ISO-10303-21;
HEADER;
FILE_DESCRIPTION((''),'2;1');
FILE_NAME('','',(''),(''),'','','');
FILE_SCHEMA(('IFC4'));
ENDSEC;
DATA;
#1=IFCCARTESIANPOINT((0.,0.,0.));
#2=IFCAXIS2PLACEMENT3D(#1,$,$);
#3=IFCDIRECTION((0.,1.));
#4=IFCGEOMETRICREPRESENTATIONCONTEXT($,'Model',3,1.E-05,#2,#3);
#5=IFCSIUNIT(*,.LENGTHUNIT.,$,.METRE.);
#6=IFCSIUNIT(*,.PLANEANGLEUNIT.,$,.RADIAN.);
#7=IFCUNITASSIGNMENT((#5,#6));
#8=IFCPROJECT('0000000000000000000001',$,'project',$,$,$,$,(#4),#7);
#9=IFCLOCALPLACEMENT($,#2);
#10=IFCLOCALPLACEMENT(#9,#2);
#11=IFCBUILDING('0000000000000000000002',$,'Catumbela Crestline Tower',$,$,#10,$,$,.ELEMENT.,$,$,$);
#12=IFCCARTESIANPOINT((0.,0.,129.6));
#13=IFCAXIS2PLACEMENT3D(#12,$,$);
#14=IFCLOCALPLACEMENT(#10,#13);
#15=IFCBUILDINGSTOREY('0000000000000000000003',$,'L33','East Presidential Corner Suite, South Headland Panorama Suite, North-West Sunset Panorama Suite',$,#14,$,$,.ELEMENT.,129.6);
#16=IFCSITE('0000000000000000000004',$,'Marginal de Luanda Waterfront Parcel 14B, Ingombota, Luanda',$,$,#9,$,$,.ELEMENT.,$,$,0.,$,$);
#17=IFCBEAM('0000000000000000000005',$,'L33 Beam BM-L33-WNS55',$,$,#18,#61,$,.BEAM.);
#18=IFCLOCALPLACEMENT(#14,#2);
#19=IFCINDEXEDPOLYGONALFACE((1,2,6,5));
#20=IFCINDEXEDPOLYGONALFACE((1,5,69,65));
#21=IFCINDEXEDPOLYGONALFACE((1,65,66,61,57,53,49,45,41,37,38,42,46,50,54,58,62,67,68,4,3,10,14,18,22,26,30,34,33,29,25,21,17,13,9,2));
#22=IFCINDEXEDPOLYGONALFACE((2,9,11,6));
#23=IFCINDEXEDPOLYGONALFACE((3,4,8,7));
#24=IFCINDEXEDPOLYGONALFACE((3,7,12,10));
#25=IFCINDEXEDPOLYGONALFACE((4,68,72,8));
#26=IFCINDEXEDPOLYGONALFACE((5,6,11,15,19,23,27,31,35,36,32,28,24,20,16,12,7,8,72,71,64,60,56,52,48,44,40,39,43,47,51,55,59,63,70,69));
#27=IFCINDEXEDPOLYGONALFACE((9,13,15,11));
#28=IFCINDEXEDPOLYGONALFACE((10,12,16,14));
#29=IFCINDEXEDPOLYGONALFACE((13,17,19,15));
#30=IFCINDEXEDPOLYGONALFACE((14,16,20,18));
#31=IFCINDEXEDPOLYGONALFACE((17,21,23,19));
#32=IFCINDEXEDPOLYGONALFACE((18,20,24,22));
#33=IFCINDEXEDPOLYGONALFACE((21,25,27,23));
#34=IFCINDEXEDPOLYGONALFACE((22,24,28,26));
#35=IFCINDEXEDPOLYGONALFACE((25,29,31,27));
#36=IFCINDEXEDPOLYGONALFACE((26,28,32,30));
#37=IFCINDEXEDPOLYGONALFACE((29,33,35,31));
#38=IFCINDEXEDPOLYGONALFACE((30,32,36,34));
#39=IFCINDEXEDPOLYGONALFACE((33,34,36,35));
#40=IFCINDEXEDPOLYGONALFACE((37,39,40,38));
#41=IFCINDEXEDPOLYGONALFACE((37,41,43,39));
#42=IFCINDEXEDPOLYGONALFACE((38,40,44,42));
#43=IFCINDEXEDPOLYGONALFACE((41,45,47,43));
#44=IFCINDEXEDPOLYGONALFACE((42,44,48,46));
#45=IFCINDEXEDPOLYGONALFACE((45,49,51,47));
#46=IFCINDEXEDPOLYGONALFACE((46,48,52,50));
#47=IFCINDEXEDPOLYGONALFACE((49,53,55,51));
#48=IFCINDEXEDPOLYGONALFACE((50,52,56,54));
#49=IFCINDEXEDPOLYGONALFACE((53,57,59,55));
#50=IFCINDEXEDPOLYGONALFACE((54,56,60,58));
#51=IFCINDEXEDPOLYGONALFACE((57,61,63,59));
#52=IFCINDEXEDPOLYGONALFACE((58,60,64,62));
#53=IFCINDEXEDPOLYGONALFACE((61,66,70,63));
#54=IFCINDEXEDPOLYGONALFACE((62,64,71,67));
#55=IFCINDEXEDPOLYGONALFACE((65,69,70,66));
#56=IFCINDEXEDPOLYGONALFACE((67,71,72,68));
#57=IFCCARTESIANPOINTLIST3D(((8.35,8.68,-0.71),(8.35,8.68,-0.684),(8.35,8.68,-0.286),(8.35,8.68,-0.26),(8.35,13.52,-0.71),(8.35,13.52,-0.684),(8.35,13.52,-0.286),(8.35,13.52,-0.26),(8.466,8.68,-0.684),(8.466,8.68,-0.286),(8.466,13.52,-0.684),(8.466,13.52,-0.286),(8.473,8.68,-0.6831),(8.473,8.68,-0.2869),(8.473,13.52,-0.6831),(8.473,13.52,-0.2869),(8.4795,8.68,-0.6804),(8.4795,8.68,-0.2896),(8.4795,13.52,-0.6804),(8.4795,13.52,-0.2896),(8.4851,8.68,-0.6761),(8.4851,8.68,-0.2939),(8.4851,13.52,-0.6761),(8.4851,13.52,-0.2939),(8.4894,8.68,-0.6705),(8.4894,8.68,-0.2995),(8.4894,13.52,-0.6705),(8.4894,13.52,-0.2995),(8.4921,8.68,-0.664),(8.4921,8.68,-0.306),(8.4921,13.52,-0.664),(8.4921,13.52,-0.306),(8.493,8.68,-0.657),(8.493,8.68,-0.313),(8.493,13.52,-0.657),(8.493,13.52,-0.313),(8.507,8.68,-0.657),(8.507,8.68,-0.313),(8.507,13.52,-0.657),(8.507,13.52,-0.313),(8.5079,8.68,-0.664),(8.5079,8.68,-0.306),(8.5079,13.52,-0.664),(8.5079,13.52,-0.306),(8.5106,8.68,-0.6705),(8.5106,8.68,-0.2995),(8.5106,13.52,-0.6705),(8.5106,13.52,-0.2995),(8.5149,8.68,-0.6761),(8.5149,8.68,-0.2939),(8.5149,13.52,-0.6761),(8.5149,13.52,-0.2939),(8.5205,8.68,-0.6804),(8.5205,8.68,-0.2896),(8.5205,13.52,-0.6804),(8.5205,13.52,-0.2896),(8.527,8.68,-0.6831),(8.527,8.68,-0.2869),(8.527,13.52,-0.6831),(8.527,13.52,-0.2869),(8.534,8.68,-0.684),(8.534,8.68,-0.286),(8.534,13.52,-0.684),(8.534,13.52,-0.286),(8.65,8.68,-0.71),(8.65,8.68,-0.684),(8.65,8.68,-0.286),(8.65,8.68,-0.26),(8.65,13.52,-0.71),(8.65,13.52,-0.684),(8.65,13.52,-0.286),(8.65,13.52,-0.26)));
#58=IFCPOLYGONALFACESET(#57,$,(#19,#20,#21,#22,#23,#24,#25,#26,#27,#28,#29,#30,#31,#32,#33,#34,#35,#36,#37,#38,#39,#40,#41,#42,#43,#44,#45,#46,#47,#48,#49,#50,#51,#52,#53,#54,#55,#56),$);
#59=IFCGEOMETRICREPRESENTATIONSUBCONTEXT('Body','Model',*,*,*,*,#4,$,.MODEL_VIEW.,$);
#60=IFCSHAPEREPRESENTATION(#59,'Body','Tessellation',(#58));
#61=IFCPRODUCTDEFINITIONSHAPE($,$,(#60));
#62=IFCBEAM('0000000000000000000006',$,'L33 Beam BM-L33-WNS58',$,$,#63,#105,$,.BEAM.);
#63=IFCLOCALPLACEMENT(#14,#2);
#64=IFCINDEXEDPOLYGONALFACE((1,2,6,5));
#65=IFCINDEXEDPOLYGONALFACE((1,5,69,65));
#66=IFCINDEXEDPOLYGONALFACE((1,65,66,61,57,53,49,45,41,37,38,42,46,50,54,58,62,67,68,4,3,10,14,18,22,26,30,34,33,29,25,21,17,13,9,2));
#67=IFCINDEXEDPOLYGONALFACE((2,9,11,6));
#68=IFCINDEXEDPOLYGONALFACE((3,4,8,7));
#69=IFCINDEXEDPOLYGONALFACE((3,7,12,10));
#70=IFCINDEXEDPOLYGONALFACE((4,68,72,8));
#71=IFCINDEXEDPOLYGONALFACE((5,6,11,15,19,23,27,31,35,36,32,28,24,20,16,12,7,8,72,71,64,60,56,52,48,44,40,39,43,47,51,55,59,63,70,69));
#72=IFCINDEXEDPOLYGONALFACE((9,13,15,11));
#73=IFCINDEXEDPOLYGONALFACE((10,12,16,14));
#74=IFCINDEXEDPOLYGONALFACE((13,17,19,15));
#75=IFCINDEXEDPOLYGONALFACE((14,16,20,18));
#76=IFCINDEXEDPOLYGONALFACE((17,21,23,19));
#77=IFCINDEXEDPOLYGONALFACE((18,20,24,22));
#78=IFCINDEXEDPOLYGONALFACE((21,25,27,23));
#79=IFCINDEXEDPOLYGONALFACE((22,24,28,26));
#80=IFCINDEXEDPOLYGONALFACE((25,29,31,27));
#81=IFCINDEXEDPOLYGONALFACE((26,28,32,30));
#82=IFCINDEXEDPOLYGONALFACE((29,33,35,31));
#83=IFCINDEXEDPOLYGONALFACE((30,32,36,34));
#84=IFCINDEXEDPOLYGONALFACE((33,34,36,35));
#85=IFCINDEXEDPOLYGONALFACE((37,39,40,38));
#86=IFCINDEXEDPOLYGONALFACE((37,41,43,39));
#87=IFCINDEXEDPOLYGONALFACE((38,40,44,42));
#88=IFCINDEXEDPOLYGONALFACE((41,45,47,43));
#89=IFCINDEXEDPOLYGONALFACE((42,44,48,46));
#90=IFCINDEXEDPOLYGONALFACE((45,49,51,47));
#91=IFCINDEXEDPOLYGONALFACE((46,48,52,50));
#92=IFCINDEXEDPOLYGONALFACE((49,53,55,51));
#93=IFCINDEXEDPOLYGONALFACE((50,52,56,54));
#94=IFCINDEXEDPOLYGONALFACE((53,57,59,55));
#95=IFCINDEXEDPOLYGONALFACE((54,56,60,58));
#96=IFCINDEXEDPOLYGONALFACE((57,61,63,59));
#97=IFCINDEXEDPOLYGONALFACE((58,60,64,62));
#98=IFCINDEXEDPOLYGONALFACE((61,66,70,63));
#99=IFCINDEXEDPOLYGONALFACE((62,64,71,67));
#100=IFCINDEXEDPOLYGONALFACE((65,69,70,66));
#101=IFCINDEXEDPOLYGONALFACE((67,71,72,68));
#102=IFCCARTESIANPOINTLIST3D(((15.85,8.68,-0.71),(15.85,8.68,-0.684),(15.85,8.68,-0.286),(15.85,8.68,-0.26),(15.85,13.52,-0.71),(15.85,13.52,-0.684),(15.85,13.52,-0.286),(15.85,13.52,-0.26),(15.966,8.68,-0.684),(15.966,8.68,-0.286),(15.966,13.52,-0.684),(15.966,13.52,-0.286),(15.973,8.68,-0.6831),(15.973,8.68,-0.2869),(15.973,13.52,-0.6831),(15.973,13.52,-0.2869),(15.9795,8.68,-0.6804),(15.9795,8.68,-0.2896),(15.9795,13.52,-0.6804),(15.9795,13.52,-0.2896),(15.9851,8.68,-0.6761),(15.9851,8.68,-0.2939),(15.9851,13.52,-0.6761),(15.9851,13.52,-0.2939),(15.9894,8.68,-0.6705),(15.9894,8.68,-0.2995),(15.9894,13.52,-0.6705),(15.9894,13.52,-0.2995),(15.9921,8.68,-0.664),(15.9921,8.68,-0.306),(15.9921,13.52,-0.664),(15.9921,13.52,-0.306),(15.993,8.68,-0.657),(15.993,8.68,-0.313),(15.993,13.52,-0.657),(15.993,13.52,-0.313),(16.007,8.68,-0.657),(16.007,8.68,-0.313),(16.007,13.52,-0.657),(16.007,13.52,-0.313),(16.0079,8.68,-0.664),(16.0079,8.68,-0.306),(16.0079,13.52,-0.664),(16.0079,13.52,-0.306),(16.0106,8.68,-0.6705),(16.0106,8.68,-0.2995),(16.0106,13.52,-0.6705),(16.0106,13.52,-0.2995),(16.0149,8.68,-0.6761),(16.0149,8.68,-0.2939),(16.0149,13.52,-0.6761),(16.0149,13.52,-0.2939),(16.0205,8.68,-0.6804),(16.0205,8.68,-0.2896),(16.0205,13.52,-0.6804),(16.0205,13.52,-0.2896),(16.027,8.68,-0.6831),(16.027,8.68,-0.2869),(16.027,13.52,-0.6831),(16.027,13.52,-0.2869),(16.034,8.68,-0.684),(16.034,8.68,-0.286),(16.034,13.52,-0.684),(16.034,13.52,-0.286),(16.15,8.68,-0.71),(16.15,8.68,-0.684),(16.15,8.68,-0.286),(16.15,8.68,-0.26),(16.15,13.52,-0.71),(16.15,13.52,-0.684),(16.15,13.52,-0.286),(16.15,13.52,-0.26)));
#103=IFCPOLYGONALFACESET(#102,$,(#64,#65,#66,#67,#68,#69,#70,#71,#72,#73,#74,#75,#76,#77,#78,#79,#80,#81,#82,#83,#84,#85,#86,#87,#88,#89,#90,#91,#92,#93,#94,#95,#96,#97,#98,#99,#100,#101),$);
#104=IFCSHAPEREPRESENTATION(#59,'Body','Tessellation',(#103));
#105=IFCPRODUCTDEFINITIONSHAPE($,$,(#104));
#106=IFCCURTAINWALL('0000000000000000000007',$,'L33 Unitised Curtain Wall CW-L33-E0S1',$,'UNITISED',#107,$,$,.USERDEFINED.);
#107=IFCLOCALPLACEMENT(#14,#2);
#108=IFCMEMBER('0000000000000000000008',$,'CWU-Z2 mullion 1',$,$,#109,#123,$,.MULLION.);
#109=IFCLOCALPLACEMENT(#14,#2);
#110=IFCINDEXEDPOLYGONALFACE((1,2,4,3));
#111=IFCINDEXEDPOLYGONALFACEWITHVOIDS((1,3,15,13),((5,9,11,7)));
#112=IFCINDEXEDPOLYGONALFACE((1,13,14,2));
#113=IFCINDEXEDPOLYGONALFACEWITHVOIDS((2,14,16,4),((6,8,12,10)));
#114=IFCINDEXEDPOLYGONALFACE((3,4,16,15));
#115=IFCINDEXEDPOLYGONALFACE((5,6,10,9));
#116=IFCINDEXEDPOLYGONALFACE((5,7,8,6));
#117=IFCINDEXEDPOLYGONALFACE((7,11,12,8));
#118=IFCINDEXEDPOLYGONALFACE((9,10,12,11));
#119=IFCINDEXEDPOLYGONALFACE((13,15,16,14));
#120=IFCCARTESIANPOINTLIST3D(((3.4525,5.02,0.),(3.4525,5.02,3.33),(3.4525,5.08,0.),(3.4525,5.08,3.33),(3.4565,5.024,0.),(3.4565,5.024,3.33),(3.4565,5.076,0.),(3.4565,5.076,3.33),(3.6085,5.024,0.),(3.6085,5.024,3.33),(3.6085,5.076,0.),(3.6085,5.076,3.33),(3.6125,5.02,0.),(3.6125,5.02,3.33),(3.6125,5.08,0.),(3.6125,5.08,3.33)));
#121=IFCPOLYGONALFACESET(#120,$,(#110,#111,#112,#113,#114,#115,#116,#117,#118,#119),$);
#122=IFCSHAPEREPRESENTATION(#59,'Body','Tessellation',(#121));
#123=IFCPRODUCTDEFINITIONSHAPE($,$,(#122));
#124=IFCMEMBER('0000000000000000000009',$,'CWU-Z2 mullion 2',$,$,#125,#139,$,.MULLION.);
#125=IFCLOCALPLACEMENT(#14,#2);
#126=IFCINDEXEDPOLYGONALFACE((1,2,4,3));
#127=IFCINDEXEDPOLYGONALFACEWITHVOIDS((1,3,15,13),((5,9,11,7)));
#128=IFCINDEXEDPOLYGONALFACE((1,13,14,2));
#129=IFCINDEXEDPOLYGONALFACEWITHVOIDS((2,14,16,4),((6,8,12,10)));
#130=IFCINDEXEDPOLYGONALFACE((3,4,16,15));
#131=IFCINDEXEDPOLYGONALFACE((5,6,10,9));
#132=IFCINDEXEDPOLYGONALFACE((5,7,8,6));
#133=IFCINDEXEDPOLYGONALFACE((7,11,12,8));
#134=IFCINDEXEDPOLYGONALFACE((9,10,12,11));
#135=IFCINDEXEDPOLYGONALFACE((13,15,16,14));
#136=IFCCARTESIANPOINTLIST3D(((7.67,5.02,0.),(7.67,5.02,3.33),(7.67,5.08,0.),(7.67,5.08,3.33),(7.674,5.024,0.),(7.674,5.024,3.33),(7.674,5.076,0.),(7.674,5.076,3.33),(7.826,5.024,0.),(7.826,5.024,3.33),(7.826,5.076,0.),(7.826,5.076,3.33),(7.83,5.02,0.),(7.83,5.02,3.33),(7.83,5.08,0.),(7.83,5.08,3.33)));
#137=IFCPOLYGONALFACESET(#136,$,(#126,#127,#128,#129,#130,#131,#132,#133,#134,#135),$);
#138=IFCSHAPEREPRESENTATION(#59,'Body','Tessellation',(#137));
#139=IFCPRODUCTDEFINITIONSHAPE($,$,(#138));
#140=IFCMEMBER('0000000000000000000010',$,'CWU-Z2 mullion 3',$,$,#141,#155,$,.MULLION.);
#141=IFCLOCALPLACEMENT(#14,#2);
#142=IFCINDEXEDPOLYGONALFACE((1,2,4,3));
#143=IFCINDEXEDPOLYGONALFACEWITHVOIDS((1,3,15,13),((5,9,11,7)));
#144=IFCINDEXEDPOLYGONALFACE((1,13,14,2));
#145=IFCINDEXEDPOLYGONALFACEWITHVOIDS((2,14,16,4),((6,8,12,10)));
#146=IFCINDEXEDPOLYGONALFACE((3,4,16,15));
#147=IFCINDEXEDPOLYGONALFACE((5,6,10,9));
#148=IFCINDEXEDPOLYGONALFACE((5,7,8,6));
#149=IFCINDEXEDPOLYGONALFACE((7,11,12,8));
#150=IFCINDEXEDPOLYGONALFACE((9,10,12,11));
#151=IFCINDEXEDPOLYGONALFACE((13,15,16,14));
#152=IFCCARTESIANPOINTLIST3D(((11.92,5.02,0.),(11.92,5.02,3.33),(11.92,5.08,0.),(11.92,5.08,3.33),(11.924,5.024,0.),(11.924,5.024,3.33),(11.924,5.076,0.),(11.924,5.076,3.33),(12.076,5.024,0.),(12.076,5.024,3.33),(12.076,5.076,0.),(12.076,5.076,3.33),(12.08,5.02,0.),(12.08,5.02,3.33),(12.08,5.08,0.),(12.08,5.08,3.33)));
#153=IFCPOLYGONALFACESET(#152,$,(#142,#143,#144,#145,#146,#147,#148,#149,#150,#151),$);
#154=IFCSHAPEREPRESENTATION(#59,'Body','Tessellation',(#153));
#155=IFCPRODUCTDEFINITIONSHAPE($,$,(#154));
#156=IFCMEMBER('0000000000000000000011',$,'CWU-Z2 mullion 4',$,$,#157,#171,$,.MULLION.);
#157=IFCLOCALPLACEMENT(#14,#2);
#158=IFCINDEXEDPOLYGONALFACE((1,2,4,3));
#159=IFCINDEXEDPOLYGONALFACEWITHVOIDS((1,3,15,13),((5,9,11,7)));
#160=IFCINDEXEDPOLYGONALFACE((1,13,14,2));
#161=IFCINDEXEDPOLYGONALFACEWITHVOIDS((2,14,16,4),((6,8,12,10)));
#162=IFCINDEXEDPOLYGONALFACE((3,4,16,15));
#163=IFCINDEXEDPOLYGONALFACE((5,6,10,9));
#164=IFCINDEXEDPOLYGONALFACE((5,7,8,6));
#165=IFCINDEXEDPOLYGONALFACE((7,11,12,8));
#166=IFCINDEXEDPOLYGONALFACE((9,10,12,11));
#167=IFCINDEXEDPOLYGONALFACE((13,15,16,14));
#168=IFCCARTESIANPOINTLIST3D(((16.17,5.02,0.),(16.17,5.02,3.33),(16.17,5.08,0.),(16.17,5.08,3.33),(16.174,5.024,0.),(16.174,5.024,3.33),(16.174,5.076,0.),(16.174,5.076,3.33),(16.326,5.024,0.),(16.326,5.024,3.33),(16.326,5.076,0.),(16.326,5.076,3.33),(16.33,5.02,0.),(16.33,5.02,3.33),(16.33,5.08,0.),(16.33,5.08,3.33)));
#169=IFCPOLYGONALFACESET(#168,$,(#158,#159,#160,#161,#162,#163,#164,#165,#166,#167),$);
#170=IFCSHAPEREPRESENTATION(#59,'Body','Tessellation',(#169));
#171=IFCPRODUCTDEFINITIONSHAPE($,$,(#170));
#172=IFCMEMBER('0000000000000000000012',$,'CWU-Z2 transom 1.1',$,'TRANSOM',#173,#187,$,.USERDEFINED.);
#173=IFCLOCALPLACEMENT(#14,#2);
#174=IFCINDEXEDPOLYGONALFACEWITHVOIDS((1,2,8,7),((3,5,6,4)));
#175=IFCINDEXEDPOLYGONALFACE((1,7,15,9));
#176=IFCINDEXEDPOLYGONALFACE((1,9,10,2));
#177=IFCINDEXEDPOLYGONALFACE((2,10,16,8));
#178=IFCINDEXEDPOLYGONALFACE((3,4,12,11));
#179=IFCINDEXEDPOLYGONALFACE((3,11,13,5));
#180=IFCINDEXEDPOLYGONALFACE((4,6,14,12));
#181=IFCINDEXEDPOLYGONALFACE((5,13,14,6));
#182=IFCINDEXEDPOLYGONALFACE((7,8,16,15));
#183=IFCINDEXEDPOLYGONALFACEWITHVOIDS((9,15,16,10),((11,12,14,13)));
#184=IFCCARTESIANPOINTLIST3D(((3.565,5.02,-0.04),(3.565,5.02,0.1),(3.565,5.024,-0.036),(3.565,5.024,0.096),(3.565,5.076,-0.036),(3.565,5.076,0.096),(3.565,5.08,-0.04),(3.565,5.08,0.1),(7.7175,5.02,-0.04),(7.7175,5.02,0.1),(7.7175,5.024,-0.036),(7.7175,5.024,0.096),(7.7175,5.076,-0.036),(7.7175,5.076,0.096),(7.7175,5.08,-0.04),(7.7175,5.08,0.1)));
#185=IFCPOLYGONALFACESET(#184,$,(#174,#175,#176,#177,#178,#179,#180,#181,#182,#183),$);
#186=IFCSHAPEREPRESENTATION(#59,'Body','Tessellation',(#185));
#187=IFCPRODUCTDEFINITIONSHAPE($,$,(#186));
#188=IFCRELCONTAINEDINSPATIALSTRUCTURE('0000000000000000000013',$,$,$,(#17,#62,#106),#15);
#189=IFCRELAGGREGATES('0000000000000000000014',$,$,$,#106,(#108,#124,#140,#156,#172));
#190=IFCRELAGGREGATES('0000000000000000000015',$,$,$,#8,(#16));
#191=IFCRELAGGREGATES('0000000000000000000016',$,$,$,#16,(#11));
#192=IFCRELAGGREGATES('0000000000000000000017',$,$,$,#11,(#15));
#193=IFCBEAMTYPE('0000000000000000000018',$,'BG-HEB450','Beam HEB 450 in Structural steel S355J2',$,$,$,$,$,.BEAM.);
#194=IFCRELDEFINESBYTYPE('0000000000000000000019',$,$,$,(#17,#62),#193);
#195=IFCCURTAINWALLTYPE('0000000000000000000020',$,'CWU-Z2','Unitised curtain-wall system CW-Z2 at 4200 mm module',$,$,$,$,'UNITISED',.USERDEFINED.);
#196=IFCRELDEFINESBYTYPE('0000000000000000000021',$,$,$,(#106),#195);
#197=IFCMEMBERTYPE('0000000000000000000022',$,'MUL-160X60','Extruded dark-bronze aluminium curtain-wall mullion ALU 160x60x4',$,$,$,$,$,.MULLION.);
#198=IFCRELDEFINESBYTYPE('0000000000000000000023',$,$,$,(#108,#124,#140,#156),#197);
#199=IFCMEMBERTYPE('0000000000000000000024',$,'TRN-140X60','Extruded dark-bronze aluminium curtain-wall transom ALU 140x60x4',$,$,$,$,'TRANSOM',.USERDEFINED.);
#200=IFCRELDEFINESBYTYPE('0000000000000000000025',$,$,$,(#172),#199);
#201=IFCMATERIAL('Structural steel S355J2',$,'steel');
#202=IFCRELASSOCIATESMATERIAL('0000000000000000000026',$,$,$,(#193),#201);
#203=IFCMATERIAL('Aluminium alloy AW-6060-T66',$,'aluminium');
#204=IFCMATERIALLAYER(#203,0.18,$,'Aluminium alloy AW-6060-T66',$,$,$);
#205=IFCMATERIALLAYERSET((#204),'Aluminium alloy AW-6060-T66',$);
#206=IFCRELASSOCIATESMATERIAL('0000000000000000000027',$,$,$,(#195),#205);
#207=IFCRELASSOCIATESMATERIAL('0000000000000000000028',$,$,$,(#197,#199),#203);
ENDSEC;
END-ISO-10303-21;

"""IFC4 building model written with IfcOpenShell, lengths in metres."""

from ifc_helpers import new_model, si_unit, direction, frame, origin, origin_2d, place, context, subcontext, project, spatial, hollow_rectangle, i_section, extrude, material, layer, layer_set, material_profile, profile_set, type_object, element, aggregate, save


model = new_model("IFC4")

# Units and contexts
model_context = context("Model", 3, precision=1e-05, world=origin(), true_north=direction((0.0, 1.0)))
body_context = subcontext(model_context, "Body", "Model", "MODEL_VIEW")
ifc_project = project(units=[si_unit("LENGTHUNIT", "METRE"), si_unit("PLANEANGLEUNIT", "RADIAN")], contexts=[model_context])

# Site, building, storey
site_placement = place(None, origin())
site = spatial("IfcSite", under=ifc_project, at=site_placement, Name="Marginal de Luanda Waterfront Parcel 14B, Ingombota, Luanda", CompositionType="ELEMENT", RefElevation=0.0)
building_placement = place(site_placement, origin())
building = spatial("IfcBuilding", under=site, at=building_placement, Name="Catumbela Crestline Tower", CompositionType="ELEMENT")
storey_placement = place(building_placement, frame((0.0, 0.0, 129.6)))
storey = spatial("IfcBuildingStorey", under=building, at=storey_placement, Name="L33", Description="East Presidential Corner Suite, South Headland Panorama Suite, North-West Sunset Panorama Suite", CompositionType="ELEMENT", Elevation=129.6)

# Beams
ifc_material_1 = material(Name="Structural steel S355J2", Category="steel")
ifc_material_profile_1 = material_profile(ifc_material_1, i_section(OverallWidth=0.3, OverallDepth=0.45, WebThickness=0.014, FlangeThickness=0.026, FilletRadius=0.027, at=origin_2d()), Name="HEB 450")
ifc_profile_set_1 = profile_set([ifc_material_profile_1], Name="Structural steel S355J2")
beam_type = type_object("IfcBeamType", Name="BG-HEB450", Description="Beam HEB 450 in Structural steel S355J2", PredefinedType="BEAM", material=ifc_profile_set_1)
for number, where, z_axis, x_axis, name in (
    (1, (8.5, 8.68, -0.485), (0.0, 1.0, 0.0), (-1.0, 0.0, 0.0), "L33 Beam BM-L33-WNS55"),
    (2, (16.0, 8.68, -0.485), (0.0, 1.0, 0.0), (-1.0, 0.0, 0.0), "L33 Beam BM-L33-WNS58"),
):
    element("IfcBeam", number, at=place(storey_placement, frame(where, z_axis=z_axis, x_axis=x_axis)), inside=storey, type_object=beam_type, Name=name, PredefinedType="BEAM", context=body_context, shape_type="SweptSolid", body=[
        extrude(i_section(OverallWidth=0.3, OverallDepth=0.45, WebThickness=0.014, FlangeThickness=0.026, FilletRadius=0.027, at=origin_2d()), origin(), (0.0, 0.0, 1.0), 4.84),
    ])

# Curtain wall, members
ifc_material_2 = material(Name="Aluminium alloy AW-6060-T66", Category="aluminium")
ifc_layer_1 = layer(ifc_material_2, 0.18, Name="Aluminium alloy AW-6060-T66")
ifc_layer_set_1 = layer_set([ifc_layer_1], Name="Aluminium alloy AW-6060-T66")
curtain_wall_type = type_object("IfcCurtainWallType", Name="CWU-Z2", Description="Unitised curtain-wall system CW-Z2 at 4200 mm module", ElementType="UNITISED", PredefinedType="USERDEFINED", material=ifc_layer_set_1)
curtain_wall_placement = place(storey_placement, origin())
curtain_wall = element("IfcCurtainWall", 3, at=curtain_wall_placement, inside=storey, type_object=curtain_wall_type, Name="L33 Unitised Curtain Wall CW-L33-E0S1", ObjectType="UNITISED", PredefinedType="USERDEFINED")
ifc_material_profile_2 = material_profile(ifc_material_2, hollow_rectangle(XDim=0.06, YDim=0.16, WallThickness=0.004, at=origin_2d()), Name="ALU 160x60x4")
ifc_profile_set_2 = profile_set([ifc_material_profile_2], Name="Aluminium alloy AW-6060-T66")
member_type_1 = type_object("IfcMemberType", Name="MUL-160X60", Description="Extruded dark-bronze aluminium curtain-wall mullion ALU 160x60x4", PredefinedType="MULLION", material=ifc_profile_set_2)
member_1_placement = place(storey_placement, frame((3.5325, 5.05, 0.0), z_axis=(0.0, 0.0, 1.0), x_axis=(0.0, 1.0, 0.0)))
member_1 = element("IfcMember", 4, at=member_1_placement, type_object=member_type_1, Name="CWU-Z2 mullion 1", PredefinedType="MULLION", context=body_context, shape_type="SweptSolid", body=[
    extrude(hollow_rectangle(XDim=0.06, YDim=0.16, WallThickness=0.004, at=origin_2d()), origin(), (0.0, 0.0, 1.0), 3.33),
])
member_2_placement = place(storey_placement, frame((7.75, 5.05, 0.0), z_axis=(0.0, 0.0, 1.0), x_axis=(0.0, 1.0, 0.0)))
member_2 = element("IfcMember", 5, at=member_2_placement, type_object=member_type_1, Name="CWU-Z2 mullion 2", PredefinedType="MULLION", context=body_context, shape_type="SweptSolid", body=[
    extrude(hollow_rectangle(XDim=0.06, YDim=0.16, WallThickness=0.004, at=origin_2d()), origin(), (0.0, 0.0, 1.0), 3.33),
])
member_3_placement = place(storey_placement, frame((12.0, 5.05, 0.0), z_axis=(0.0, 0.0, 1.0), x_axis=(0.0, 1.0, 0.0)))
member_3 = element("IfcMember", 6, at=member_3_placement, type_object=member_type_1, Name="CWU-Z2 mullion 3", PredefinedType="MULLION", context=body_context, shape_type="SweptSolid", body=[
    extrude(hollow_rectangle(XDim=0.06, YDim=0.16, WallThickness=0.004, at=origin_2d()), origin(), (0.0, 0.0, 1.0), 3.33),
])
member_4_placement = place(storey_placement, frame((16.25, 5.05, 0.0), z_axis=(0.0, 0.0, 1.0), x_axis=(0.0, 1.0, 0.0)))
member_4 = element("IfcMember", 7, at=member_4_placement, type_object=member_type_1, Name="CWU-Z2 mullion 4", PredefinedType="MULLION", context=body_context, shape_type="SweptSolid", body=[
    extrude(hollow_rectangle(XDim=0.06, YDim=0.16, WallThickness=0.004, at=origin_2d()), origin(), (0.0, 0.0, 1.0), 3.33),
])
ifc_material_profile_3 = material_profile(ifc_material_2, hollow_rectangle(XDim=0.06, YDim=0.14, WallThickness=0.004, at=origin_2d()), Name="ALU 140x60x4")
ifc_profile_set_3 = profile_set([ifc_material_profile_3], Name="Aluminium alloy AW-6060-T66")
member_type_2 = type_object("IfcMemberType", Name="TRN-140X60", Description="Extruded dark-bronze aluminium curtain-wall transom ALU 140x60x4", ElementType="TRANSOM", PredefinedType="USERDEFINED", material=ifc_profile_set_3)
member_5_placement = place(storey_placement, frame((3.565, 5.05, 0.03), z_axis=(1.0, 0.0, 0.0), x_axis=(0.0, 1.0, 0.0)))
member_5 = element("IfcMember", 8, at=member_5_placement, type_object=member_type_2, Name="CWU-Z2 transom 1.1", ObjectType="TRANSOM", PredefinedType="USERDEFINED", context=body_context, shape_type="SweptSolid", body=[
    extrude(hollow_rectangle(XDim=0.06, YDim=0.14, WallThickness=0.004, at=origin_2d()), origin(), (0.0, 0.0, 1.0), 4.1525),
])
aggregate(curtain_wall, [member_1, member_2, member_3, member_4, member_5])

save(model, "model.ifc")
